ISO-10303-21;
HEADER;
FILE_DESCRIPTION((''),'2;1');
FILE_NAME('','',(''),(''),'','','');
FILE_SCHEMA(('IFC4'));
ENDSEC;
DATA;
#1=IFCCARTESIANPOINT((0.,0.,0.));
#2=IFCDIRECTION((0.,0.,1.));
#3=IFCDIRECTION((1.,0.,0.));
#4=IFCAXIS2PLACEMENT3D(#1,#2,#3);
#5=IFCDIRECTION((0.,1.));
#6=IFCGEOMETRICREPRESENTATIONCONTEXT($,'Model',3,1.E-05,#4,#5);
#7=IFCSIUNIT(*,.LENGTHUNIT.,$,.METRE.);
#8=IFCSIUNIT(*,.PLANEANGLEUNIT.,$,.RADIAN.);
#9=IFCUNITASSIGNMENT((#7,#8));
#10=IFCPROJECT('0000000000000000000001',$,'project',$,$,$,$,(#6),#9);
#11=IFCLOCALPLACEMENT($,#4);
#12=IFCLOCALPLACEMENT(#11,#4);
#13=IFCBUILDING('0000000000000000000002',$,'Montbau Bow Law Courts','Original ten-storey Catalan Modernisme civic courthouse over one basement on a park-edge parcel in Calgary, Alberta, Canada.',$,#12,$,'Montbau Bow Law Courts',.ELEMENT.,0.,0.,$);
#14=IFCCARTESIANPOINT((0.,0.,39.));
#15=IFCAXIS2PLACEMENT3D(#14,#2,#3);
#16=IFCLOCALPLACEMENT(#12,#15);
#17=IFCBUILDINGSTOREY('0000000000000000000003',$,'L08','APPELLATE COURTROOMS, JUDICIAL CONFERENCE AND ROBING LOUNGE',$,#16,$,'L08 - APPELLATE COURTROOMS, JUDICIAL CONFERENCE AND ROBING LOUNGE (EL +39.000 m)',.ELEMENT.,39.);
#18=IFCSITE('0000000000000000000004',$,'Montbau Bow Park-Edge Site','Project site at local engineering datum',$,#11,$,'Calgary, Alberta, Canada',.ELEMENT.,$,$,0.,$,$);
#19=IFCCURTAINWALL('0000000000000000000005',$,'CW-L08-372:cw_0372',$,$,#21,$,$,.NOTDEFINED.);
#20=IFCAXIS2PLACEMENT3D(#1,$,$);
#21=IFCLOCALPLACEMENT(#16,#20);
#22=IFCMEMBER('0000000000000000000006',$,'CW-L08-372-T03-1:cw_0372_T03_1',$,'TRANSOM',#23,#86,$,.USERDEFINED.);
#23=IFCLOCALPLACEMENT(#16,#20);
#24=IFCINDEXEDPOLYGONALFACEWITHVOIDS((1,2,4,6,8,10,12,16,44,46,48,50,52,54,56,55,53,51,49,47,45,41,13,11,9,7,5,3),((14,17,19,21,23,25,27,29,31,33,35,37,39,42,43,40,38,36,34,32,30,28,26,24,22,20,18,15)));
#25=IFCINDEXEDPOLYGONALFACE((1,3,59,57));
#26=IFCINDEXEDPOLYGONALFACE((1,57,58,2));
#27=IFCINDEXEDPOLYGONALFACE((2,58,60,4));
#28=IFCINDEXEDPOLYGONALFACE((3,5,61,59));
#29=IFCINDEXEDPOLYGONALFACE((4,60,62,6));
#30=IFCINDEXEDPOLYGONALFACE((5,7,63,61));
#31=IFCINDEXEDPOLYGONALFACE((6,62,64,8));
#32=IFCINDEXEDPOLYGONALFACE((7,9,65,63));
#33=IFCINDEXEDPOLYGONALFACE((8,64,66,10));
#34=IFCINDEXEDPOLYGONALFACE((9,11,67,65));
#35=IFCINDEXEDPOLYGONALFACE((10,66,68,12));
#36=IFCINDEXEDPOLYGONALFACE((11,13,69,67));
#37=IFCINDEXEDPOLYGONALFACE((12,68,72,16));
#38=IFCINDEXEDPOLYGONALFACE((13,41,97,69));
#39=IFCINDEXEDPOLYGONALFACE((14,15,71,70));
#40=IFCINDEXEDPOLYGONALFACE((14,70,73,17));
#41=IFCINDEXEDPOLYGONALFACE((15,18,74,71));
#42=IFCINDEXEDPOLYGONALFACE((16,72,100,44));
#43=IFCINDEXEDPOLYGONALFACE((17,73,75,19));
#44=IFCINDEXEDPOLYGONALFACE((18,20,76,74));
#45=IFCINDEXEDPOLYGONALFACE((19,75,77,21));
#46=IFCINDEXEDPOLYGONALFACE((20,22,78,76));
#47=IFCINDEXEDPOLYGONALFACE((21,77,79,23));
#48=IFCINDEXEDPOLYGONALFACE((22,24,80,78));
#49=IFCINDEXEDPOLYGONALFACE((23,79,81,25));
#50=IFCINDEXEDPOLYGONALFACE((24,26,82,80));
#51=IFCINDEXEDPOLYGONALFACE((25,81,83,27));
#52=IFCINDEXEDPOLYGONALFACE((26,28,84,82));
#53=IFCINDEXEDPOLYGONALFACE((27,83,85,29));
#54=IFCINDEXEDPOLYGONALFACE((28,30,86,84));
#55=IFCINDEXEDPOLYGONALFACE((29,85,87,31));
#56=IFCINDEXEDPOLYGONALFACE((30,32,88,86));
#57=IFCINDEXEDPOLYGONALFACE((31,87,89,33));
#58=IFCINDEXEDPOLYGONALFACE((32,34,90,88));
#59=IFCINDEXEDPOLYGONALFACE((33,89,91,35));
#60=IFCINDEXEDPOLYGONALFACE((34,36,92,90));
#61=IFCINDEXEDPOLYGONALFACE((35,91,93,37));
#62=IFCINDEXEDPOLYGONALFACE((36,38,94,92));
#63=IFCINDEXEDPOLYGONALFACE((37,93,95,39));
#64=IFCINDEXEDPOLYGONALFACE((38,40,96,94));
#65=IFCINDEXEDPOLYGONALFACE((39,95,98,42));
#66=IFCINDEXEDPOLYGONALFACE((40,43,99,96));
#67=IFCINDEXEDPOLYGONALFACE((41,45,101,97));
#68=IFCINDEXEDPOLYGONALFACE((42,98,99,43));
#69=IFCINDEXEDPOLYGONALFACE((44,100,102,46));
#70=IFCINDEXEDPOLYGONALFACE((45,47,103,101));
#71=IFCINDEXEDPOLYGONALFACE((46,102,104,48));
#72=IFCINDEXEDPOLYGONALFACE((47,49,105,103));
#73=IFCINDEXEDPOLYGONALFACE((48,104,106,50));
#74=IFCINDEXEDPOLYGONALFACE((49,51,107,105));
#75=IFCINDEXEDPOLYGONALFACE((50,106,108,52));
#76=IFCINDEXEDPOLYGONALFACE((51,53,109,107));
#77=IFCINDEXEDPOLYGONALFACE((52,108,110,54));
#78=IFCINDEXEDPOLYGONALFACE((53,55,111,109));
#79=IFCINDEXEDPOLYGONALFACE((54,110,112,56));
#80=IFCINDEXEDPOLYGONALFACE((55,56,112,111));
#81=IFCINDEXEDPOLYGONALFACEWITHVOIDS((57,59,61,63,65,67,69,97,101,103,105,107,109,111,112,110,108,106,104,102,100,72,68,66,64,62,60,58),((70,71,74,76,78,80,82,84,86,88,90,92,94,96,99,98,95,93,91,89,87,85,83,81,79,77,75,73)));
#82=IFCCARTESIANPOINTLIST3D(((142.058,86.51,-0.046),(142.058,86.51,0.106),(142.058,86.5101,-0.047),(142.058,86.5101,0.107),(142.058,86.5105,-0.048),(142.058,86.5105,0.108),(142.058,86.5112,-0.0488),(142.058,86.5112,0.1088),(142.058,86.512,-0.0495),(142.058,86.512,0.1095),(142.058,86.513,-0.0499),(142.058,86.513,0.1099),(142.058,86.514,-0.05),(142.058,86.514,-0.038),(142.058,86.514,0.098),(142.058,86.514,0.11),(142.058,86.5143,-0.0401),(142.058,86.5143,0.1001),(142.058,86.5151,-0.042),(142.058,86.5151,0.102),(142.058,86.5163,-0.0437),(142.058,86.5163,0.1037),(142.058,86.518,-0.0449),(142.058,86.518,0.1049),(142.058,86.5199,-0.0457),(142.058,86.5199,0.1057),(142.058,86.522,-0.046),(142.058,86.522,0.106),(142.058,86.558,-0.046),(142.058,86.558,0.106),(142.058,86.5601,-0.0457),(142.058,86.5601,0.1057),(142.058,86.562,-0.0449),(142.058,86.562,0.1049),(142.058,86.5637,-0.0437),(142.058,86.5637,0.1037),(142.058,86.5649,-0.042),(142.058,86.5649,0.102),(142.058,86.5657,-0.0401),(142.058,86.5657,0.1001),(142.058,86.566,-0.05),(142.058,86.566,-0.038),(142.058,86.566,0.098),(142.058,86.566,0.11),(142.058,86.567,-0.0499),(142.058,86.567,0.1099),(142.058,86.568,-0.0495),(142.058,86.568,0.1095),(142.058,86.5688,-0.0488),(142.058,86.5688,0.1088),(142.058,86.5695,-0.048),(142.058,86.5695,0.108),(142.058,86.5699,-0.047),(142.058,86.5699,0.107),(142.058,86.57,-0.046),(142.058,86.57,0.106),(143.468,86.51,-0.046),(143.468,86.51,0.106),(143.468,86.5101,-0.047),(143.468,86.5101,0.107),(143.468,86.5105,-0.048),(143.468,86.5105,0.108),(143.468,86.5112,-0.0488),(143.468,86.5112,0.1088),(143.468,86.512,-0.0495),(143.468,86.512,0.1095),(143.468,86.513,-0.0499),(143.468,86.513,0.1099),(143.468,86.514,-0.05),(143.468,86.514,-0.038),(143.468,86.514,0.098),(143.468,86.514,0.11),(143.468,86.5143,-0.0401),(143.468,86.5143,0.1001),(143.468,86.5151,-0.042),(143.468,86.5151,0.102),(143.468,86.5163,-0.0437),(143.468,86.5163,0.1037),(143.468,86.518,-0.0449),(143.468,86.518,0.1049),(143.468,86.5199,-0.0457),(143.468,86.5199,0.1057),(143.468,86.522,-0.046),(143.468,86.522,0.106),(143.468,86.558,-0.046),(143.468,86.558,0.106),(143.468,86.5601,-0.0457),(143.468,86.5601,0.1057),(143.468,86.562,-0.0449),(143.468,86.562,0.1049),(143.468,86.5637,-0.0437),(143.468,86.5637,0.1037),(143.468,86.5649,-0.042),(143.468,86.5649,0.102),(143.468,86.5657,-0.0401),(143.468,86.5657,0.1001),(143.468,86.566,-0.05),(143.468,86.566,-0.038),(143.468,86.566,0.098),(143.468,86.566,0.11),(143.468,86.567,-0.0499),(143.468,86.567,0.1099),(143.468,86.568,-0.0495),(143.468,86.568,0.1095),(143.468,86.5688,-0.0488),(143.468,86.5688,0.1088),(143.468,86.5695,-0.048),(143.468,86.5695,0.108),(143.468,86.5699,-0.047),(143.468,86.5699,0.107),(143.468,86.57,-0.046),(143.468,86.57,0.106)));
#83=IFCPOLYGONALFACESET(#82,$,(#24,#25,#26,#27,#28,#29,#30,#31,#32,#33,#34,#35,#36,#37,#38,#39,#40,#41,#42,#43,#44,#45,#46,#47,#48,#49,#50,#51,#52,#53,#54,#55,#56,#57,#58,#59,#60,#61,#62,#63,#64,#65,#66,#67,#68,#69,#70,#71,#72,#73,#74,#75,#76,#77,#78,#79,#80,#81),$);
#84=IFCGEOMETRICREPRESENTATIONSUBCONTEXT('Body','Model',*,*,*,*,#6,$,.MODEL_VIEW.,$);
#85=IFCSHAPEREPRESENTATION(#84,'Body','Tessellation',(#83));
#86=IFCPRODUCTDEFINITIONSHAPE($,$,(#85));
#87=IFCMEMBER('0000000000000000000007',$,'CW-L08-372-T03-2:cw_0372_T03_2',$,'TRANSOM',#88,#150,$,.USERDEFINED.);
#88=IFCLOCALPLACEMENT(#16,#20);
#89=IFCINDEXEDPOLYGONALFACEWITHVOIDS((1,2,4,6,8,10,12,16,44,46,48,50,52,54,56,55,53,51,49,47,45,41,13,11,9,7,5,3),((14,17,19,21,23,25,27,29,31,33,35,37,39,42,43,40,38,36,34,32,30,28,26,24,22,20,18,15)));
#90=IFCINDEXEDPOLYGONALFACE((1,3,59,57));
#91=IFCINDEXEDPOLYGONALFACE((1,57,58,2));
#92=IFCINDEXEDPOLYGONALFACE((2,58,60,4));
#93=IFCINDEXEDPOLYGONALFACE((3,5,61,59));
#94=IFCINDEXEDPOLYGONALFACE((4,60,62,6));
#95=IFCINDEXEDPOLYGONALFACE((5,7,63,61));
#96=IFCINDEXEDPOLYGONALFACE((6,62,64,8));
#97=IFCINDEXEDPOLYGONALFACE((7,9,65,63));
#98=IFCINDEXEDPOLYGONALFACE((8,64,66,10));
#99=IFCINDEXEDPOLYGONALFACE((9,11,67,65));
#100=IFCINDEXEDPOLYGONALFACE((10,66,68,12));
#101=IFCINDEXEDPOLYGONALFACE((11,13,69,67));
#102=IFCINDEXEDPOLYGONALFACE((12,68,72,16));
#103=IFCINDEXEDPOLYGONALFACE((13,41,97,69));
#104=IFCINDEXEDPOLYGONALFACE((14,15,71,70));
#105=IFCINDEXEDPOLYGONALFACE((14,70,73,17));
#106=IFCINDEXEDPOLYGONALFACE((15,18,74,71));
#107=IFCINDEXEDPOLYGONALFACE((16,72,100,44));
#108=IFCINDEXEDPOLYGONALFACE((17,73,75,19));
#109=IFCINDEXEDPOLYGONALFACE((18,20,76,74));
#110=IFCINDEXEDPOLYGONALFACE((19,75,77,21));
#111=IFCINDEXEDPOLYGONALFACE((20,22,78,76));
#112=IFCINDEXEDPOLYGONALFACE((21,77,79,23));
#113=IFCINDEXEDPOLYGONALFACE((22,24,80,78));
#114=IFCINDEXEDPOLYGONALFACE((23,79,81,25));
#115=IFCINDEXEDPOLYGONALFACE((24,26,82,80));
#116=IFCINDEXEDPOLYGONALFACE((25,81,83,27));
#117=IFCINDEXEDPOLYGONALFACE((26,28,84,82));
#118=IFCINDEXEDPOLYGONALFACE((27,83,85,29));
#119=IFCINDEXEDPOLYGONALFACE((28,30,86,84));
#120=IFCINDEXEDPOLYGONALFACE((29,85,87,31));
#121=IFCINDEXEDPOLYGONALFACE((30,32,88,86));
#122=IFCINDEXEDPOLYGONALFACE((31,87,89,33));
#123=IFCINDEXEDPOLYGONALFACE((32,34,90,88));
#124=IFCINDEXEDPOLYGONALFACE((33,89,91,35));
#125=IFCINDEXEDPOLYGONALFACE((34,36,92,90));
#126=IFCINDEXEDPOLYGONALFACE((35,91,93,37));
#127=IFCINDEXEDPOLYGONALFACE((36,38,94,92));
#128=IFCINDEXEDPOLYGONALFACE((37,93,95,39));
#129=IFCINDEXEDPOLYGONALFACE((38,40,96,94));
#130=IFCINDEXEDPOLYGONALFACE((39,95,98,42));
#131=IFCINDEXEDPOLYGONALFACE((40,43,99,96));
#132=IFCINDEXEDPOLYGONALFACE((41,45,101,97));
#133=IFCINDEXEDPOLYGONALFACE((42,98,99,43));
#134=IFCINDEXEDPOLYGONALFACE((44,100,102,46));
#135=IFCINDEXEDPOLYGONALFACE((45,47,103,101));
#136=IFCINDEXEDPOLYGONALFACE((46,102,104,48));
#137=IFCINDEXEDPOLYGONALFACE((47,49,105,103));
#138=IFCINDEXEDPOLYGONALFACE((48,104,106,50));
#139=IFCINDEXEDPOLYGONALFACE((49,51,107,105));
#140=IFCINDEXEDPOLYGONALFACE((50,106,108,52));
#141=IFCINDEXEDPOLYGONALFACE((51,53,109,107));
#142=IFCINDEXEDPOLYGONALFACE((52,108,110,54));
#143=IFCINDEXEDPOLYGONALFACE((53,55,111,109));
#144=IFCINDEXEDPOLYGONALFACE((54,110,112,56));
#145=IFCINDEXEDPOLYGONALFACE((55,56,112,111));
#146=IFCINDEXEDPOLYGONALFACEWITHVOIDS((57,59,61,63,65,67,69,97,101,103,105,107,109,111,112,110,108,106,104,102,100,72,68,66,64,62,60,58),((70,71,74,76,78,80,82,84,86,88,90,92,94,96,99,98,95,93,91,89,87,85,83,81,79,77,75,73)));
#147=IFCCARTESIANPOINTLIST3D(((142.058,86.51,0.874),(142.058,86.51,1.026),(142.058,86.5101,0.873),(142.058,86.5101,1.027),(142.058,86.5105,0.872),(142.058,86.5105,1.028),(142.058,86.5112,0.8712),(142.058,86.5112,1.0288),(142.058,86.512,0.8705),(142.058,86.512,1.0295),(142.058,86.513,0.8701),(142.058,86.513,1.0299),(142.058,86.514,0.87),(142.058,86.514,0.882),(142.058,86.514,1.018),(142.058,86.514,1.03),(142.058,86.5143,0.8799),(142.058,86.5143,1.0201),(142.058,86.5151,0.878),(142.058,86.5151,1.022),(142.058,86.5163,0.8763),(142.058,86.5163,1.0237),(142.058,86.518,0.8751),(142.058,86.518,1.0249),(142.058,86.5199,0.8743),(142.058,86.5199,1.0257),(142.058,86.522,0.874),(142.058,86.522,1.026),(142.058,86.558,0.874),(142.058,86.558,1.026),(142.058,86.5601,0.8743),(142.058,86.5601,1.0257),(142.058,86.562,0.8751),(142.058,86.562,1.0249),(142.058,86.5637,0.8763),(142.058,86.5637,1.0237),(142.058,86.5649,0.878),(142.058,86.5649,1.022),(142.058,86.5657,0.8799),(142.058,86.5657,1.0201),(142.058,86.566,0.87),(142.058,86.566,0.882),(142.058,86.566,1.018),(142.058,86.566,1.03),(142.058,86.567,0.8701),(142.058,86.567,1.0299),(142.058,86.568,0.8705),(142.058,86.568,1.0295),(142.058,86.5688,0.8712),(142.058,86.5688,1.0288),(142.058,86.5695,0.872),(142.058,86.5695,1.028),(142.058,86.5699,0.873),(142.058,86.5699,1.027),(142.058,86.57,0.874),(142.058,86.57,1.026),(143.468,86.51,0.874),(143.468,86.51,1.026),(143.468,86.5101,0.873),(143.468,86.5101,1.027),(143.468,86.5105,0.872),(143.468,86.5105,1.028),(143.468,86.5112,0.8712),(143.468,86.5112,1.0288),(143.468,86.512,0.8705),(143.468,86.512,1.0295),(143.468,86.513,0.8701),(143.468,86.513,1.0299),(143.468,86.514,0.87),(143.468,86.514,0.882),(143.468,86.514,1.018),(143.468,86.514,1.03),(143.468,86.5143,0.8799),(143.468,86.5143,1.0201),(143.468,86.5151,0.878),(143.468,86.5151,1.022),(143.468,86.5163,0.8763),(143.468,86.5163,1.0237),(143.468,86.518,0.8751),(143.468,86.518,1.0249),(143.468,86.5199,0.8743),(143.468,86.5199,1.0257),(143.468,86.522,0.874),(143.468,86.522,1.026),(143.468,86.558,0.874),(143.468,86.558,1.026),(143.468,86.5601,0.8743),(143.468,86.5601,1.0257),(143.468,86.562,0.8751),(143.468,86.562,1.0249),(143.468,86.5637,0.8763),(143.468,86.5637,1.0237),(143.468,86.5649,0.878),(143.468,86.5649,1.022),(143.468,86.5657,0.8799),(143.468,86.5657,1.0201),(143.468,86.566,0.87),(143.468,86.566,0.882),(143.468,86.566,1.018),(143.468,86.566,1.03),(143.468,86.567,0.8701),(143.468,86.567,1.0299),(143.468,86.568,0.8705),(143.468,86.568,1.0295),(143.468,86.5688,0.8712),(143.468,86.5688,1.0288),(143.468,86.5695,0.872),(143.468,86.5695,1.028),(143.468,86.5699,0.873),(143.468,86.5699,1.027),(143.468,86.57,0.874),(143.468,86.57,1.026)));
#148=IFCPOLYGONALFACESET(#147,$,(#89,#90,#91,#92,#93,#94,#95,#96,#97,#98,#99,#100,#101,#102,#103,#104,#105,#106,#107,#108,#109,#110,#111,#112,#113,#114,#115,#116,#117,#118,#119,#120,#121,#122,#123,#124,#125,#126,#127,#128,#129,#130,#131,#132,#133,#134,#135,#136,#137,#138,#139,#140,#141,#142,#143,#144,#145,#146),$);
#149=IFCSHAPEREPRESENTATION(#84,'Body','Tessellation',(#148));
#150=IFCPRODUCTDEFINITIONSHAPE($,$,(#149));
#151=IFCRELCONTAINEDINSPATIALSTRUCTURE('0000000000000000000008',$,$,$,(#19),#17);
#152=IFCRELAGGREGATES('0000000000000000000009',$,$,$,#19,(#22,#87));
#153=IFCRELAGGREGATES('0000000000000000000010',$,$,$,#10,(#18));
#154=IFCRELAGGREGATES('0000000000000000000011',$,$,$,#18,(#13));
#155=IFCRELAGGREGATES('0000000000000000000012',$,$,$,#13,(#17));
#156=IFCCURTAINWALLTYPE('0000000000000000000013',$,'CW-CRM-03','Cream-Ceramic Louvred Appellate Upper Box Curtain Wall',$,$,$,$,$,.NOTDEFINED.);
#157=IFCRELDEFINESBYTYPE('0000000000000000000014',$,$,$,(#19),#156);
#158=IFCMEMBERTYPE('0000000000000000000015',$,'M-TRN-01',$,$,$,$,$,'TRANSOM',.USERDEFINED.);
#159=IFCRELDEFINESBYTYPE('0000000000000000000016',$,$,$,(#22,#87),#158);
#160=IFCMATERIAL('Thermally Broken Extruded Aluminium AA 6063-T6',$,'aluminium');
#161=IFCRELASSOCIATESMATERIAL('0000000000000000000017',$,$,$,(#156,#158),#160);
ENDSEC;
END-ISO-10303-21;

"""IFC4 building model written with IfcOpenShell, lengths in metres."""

from ifc_helpers import new_model, si_unit, direction, frame, origin_with_axes, origin_2d_with_axis, place, context, subcontext, project, spatial, hollow_rectangle, extrude, material, material_profile, profile_set, type_object, element, aggregate, save


model = new_model("IFC4")

# Units and contexts
model_context = context("Model", 3, precision=1e-05, world=origin_with_axes(), true_north=direction((0.0, 1.0)))
body_context = subcontext(model_context, "Body", "Model", "MODEL_VIEW")
ifc_project = project(units=[si_unit("LENGTHUNIT", "METRE"), si_unit("PLANEANGLEUNIT", "RADIAN")], contexts=[model_context])

# Site, building, storey
site_placement = place(None, origin_with_axes())
site = spatial("IfcSite", under=ifc_project, at=site_placement, Name="Montbau Bow Park-Edge Site", Description="Project site at local engineering datum", LongName="Calgary, Alberta, Canada", CompositionType="ELEMENT", RefElevation=0.0)
building_placement = place(site_placement, origin_with_axes())
building = spatial("IfcBuilding", under=site, at=building_placement, Name="Montbau Bow Law Courts", Description="Original ten-storey Catalan Modernisme civic courthouse over one basement on a park-edge parcel in Calgary, Alberta, Canada.", LongName="Montbau Bow Law Courts", CompositionType="ELEMENT", ElevationOfRefHeight=0.0, ElevationOfTerrain=0.0)
storey_placement = place(building_placement, frame((0.0, 0.0, 39.0), z_axis=(0.0, 0.0, 1.0), x_axis=(1.0, 0.0, 0.0)))
storey = spatial("IfcBuildingStorey", under=building, at=storey_placement, Name="L08", Description="APPELLATE COURTROOMS, JUDICIAL CONFERENCE AND ROBING LOUNGE", LongName="L08 - APPELLATE COURTROOMS, JUDICIAL CONFERENCE AND ROBING LOUNGE (EL +39.000 m)", CompositionType="ELEMENT", Elevation=39.0)

# Curtain wall, members
ifc_material_1 = material(Name="Thermally Broken Extruded Aluminium AA 6063-T6", Category="aluminium")
curtain_wall_type = type_object("IfcCurtainWallType", Name="CW-CRM-03", Description="Cream-Ceramic Louvred Appellate Upper Box Curtain Wall", PredefinedType="NOTDEFINED", material=ifc_material_1)
curtain_wall_placement = place(None, frame((139.04, 86.54, 39.0), z_axis=(0.0, 0.0, 1.0), x_axis=(1.0, 0.0, 0.0)))
curtain_wall = element("IfcCurtainWall", 1, at=curtain_wall_placement, inside=storey, type_object=curtain_wall_type, Name="CW-L08-372:cw_0372", PredefinedType="NOTDEFINED")
ifc_material_profile_1 = material_profile(ifc_material_1, hollow_rectangle(XDim=0.06, YDim=0.16, WallThickness=0.004, InnerFilletRadius=0.008, OuterFilletRadius=0.004, at=origin_2d_with_axis()), Name="CWT-160X60", Category="Main", Priority=0)
ifc_profile_set_1 = profile_set([ifc_material_profile_1], Name="Thermally Broken Extruded Aluminium AA 6063-T6")
member_type_1 = type_object("IfcMemberType", Name="M-TRN-01", ElementType="TRANSOM", PredefinedType="USERDEFINED", material=ifc_profile_set_1)
member_1_placement = place(None, frame((142.058, 86.54, 39.03), z_axis=(1.0, 0.0, 0.0), x_axis=(0.0, 1.0, 0.0)))
member_1 = element("IfcMember", 2, at=member_1_placement, type_object=member_type_1, Name="CW-L08-372-T03-1:cw_0372_T03_1", ObjectType="TRANSOM", PredefinedType="USERDEFINED", context=body_context, shape_type="SweptSolid", body=[
    extrude(hollow_rectangle(XDim=0.06, YDim=0.16, WallThickness=0.004, InnerFilletRadius=0.008, OuterFilletRadius=0.004, at=origin_2d_with_axis()), origin_with_axes(), (0.0, 0.0, 1.0), 1.41),
])
member_2_placement = place(None, frame((142.058, 86.54, 39.95), z_axis=(1.0, 0.0, 0.0), x_axis=(0.0, 1.0, 0.0)))
member_2 = element("IfcMember", 3, at=member_2_placement, type_object=member_type_1, Name="CW-L08-372-T03-2:cw_0372_T03_2", ObjectType="TRANSOM", PredefinedType="USERDEFINED", context=body_context, shape_type="SweptSolid", body=[
    extrude(hollow_rectangle(XDim=0.06, YDim=0.16, WallThickness=0.004, InnerFilletRadius=0.008, OuterFilletRadius=0.004, at=origin_2d_with_axis()), origin_with_axes(), (0.0, 0.0, 1.0), 1.41),
])
aggregate(curtain_wall, [member_1, member_2])

save(model, "model.ifc")
